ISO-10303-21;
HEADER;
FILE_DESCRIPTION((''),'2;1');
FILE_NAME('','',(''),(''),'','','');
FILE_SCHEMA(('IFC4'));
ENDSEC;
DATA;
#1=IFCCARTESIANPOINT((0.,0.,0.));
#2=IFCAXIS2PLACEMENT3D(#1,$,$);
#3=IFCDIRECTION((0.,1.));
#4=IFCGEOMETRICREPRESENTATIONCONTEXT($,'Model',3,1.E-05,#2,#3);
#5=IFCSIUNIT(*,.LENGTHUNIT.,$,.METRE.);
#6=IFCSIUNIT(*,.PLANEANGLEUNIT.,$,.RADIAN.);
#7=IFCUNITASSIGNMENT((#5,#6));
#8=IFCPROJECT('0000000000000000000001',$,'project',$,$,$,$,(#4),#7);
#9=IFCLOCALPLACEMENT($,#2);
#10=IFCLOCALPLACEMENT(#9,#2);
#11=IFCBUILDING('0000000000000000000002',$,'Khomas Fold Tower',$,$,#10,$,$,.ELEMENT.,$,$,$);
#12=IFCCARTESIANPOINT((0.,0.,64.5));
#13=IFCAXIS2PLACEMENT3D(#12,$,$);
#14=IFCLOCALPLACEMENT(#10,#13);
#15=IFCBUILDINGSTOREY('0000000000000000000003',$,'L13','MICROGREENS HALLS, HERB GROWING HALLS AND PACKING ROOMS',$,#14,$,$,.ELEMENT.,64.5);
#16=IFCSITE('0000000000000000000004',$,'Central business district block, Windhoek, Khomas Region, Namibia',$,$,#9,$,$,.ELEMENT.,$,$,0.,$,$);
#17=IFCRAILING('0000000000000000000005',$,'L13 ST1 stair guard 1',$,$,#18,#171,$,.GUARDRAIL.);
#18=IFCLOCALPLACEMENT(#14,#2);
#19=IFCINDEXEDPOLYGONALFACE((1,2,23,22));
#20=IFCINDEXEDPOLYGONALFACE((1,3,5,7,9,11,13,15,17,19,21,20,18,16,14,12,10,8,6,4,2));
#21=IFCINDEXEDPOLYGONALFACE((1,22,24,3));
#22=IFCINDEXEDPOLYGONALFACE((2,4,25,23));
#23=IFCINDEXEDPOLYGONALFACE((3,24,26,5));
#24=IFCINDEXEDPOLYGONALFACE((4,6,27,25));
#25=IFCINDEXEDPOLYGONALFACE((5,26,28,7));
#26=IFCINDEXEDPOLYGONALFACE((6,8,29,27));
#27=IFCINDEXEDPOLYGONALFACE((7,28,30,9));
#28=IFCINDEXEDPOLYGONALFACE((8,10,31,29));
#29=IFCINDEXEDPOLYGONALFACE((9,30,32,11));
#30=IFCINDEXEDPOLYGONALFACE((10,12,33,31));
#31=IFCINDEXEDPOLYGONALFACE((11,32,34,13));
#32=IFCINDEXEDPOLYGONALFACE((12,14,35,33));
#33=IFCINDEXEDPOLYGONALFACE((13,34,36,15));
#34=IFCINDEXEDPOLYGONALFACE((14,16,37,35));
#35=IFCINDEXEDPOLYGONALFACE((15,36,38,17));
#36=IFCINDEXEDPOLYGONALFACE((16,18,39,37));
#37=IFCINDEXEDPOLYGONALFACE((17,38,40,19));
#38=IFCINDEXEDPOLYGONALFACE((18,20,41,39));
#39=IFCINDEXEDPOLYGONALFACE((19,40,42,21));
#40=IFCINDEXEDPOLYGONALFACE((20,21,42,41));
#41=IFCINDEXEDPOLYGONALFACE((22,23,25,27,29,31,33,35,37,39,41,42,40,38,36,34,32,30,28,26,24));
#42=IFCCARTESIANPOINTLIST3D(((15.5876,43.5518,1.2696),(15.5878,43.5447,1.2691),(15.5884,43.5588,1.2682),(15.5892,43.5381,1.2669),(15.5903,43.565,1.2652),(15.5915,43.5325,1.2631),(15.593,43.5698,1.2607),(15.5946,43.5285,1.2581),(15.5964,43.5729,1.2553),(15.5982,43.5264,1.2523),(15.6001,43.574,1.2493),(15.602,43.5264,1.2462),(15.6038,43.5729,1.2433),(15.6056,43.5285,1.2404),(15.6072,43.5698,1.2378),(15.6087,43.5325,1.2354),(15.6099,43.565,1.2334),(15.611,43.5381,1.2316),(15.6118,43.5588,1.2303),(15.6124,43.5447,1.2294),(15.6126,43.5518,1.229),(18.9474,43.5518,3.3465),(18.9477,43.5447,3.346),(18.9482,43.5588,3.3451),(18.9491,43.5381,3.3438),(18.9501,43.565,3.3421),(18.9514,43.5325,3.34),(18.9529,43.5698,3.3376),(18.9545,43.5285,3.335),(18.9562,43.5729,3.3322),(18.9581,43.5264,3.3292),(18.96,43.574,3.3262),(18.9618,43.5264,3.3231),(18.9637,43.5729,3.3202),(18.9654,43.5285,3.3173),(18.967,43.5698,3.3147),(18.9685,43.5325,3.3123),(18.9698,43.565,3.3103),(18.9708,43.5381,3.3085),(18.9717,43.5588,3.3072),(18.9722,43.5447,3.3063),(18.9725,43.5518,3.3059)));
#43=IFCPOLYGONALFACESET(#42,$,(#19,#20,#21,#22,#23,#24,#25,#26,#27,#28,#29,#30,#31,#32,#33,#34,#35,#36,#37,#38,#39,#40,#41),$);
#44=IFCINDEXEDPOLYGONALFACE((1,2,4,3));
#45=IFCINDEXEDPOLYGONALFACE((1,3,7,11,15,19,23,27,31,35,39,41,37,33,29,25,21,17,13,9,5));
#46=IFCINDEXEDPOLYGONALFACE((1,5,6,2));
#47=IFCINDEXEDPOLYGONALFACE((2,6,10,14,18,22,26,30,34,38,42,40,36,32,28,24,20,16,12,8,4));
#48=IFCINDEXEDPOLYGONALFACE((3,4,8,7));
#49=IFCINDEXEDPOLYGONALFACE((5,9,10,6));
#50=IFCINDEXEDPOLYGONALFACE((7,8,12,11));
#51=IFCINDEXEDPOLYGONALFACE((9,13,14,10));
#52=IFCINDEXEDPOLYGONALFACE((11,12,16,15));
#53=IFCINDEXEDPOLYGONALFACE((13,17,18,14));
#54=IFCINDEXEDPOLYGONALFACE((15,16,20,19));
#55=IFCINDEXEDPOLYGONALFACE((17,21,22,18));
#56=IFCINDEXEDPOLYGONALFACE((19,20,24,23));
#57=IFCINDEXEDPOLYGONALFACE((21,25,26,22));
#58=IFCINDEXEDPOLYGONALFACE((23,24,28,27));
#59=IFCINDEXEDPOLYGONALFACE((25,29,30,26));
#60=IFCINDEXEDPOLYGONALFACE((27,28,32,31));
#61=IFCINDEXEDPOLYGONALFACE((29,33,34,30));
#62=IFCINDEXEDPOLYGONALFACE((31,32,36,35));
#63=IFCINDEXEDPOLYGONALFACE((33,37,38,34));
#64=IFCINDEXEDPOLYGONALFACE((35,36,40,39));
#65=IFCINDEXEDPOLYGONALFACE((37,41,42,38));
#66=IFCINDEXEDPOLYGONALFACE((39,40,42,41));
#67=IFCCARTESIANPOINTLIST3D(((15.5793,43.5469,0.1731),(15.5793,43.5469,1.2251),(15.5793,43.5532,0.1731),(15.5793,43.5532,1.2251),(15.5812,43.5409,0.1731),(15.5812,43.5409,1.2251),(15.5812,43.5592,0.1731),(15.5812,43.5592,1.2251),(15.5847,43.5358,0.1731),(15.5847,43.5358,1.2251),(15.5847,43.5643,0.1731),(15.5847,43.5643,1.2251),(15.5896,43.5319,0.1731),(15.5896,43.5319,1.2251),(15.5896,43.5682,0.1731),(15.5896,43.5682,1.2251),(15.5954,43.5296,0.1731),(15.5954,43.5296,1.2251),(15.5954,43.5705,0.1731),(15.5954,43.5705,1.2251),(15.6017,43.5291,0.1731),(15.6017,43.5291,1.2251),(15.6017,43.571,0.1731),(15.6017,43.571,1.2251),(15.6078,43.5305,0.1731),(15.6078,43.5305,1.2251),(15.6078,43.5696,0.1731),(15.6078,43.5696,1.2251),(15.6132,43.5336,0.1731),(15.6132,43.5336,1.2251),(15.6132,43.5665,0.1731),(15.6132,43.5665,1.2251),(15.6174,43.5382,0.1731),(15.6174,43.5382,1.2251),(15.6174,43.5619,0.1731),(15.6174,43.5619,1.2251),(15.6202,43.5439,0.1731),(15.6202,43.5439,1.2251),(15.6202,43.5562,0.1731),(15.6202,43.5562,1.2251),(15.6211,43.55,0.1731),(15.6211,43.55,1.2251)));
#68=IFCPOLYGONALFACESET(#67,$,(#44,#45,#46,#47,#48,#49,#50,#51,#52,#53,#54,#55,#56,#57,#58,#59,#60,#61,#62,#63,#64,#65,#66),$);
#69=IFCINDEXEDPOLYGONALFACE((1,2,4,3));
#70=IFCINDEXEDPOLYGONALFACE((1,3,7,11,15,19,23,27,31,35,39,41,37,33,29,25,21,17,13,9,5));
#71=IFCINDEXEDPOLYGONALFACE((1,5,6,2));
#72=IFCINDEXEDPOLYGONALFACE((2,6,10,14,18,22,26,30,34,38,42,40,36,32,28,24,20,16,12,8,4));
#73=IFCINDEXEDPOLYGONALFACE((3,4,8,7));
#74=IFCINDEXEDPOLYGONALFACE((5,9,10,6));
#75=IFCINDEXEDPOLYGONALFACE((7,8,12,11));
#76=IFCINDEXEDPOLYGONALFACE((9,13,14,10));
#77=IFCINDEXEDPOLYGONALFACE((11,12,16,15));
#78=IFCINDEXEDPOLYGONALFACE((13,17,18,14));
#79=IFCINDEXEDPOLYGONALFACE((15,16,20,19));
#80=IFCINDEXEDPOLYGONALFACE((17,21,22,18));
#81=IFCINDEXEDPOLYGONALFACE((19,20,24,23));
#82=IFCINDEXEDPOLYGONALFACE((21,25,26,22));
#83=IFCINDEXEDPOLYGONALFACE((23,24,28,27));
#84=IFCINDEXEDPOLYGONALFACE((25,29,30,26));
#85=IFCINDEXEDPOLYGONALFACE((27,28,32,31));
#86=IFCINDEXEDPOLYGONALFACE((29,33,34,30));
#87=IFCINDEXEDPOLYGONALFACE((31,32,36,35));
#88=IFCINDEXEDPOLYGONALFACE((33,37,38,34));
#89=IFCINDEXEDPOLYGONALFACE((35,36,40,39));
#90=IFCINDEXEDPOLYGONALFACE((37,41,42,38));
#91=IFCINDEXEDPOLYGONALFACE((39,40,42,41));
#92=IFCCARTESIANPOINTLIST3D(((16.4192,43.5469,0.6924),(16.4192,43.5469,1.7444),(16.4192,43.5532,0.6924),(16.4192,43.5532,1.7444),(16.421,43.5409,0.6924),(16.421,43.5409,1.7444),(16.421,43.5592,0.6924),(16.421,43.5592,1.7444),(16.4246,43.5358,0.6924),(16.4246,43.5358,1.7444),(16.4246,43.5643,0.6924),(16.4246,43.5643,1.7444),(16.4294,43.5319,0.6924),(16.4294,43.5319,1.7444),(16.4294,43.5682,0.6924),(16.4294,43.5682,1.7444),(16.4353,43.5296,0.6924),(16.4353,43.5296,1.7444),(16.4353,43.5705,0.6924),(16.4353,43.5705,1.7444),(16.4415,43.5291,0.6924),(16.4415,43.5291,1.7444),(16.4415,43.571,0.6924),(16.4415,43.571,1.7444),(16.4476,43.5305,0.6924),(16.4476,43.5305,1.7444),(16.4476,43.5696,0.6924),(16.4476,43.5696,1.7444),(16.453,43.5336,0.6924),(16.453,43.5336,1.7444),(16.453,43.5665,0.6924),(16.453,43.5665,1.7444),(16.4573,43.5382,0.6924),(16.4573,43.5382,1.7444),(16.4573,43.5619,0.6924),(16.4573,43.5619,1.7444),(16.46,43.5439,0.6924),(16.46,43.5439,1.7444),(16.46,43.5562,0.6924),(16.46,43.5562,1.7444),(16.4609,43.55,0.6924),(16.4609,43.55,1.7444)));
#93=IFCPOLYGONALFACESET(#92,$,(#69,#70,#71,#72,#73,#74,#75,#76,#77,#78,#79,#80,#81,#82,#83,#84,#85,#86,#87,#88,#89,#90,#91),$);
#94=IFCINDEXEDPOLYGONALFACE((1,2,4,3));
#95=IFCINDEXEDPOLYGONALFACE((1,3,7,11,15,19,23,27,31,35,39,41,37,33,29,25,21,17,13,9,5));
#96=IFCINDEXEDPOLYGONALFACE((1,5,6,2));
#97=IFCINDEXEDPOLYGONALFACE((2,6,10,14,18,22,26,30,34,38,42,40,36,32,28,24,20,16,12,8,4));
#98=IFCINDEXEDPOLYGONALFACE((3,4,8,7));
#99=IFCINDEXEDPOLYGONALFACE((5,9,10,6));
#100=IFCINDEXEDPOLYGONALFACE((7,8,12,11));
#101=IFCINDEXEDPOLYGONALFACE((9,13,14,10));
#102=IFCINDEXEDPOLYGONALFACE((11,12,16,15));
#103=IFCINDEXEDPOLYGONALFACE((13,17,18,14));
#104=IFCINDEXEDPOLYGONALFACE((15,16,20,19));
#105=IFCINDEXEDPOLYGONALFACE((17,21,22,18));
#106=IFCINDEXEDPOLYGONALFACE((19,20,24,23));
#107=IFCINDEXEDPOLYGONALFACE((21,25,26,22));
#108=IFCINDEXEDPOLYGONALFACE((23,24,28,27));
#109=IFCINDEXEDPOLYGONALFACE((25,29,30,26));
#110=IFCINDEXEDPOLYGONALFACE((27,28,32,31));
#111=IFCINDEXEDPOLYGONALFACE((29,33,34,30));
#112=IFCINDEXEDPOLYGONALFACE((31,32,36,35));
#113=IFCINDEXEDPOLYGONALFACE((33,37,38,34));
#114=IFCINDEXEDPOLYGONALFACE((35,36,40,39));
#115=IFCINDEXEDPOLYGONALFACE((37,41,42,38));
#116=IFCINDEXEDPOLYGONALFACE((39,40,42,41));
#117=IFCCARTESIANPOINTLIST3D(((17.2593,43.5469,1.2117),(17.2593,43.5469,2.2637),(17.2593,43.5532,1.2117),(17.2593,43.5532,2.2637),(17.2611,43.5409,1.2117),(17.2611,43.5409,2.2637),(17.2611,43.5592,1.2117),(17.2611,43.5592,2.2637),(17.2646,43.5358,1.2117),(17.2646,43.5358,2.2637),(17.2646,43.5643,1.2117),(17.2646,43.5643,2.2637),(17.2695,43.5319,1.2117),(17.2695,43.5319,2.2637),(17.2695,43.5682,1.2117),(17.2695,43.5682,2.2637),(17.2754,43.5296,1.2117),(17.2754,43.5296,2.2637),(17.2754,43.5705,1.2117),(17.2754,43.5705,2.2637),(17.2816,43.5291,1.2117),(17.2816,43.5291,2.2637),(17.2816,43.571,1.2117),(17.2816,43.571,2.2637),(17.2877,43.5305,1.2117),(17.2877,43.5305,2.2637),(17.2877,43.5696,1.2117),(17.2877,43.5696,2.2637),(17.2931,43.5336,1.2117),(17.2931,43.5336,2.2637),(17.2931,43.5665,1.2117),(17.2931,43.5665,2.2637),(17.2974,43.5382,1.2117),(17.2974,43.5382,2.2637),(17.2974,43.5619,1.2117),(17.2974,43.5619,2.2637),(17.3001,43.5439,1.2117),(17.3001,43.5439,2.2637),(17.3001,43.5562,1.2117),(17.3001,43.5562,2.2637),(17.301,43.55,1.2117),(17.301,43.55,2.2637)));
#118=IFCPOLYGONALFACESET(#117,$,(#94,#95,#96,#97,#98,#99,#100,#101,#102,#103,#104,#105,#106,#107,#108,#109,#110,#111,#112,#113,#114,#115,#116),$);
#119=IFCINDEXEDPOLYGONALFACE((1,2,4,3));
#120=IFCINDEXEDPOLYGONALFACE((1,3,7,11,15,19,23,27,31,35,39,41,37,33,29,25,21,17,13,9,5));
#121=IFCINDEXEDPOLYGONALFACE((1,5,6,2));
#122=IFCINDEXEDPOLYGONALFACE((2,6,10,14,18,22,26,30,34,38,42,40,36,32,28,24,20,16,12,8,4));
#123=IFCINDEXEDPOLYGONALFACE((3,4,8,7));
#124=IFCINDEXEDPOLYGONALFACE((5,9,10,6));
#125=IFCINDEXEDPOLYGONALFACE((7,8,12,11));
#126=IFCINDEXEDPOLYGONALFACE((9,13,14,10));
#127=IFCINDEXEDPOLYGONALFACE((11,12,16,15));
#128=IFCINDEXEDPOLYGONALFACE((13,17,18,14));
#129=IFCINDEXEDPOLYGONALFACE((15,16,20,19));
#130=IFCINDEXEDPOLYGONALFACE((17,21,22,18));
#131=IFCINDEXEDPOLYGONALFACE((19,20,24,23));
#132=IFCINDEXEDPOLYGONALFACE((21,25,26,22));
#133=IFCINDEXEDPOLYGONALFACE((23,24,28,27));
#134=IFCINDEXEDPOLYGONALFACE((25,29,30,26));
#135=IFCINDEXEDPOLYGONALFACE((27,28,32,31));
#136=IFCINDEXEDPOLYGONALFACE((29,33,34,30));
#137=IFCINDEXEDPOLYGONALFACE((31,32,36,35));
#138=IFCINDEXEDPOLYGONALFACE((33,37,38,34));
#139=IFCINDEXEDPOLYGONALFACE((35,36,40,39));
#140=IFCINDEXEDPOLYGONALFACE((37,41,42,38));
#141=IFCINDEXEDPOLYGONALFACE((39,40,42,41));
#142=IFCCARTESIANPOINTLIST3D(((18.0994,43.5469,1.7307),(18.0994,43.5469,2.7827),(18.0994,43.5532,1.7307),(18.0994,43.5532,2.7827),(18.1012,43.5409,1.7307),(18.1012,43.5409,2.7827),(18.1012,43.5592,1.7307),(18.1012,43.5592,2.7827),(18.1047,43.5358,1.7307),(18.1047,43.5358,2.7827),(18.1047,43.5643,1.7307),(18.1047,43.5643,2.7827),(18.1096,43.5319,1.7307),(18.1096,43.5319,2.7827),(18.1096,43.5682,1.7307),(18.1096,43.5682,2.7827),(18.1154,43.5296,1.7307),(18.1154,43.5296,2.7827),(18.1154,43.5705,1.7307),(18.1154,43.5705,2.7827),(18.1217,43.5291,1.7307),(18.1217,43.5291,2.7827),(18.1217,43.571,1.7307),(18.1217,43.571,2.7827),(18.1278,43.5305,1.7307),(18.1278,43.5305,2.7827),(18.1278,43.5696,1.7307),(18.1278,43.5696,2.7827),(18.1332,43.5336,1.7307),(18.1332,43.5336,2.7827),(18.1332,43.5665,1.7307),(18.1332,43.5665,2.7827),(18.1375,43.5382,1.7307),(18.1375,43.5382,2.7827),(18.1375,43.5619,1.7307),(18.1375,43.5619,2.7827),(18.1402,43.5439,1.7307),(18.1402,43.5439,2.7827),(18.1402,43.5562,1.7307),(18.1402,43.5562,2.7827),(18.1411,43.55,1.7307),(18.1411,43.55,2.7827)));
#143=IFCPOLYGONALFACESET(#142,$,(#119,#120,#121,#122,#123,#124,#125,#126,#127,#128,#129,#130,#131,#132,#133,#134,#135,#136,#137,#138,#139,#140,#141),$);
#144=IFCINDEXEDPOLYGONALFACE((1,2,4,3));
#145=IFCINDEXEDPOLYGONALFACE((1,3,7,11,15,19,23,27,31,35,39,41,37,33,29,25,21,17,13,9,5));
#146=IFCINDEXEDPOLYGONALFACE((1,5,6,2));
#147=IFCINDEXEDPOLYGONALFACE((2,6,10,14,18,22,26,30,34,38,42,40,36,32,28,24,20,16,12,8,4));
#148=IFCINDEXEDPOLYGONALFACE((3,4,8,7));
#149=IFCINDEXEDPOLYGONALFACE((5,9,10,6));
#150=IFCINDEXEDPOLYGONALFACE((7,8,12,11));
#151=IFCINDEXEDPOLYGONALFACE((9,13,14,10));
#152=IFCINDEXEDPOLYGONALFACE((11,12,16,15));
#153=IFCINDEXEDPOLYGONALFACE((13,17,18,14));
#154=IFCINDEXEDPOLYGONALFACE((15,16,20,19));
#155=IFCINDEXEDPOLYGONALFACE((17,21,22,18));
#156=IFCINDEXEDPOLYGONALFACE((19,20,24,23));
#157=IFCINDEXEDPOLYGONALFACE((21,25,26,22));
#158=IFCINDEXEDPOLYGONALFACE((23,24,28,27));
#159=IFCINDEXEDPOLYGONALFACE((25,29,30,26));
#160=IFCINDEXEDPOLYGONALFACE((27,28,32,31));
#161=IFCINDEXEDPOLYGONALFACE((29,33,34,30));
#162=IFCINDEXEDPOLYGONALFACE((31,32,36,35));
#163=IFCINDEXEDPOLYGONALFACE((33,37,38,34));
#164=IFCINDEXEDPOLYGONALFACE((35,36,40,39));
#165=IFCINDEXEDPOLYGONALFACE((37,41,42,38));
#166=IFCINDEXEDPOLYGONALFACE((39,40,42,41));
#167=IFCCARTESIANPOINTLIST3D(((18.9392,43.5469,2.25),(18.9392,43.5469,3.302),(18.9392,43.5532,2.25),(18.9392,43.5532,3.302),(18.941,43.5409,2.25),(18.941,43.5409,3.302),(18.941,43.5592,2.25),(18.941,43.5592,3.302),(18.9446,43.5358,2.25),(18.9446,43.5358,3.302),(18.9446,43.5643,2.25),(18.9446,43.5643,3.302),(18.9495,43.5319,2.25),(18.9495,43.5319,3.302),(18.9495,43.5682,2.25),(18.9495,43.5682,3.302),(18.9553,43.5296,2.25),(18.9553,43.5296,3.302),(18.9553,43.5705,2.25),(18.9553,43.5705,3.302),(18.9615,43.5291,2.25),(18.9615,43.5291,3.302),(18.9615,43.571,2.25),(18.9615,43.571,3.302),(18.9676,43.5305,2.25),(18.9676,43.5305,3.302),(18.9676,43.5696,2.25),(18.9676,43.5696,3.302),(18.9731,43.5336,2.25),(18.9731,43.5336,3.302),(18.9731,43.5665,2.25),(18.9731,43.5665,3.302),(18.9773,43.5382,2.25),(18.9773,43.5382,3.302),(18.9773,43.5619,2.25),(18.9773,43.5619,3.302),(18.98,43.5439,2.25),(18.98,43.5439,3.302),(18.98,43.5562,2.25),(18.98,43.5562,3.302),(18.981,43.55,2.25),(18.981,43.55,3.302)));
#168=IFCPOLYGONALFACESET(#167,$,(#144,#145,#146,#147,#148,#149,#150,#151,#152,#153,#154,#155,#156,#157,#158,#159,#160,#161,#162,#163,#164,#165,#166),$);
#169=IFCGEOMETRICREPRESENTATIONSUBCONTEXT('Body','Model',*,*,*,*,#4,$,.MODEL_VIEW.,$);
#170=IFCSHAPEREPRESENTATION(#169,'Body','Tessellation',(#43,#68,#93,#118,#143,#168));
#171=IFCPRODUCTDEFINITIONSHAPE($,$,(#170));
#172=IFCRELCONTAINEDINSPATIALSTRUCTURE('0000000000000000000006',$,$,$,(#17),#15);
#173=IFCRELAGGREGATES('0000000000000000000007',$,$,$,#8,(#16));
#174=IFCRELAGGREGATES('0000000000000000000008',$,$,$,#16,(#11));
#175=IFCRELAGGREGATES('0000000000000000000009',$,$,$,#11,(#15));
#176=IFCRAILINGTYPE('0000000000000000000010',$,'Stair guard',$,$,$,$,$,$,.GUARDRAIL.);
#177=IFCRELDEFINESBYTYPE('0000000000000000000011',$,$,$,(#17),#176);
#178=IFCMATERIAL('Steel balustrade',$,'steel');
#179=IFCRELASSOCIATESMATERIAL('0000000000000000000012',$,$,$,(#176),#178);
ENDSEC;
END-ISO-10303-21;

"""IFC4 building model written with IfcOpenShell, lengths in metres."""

from ifc_helpers import new_model, si_unit, direction, frame, origin, origin_2d, place, context, subcontext, project, spatial, circle, extrude, source, transform, mapped, material, type_object, element, save


model = new_model("IFC4")

# Units and contexts
model_context = context("Model", 3, precision=1e-05, world=origin(), true_north=direction((0.0, 1.0)))
body_context = subcontext(model_context, "Body", "Model", "MODEL_VIEW")
ifc_project = project(units=[si_unit("LENGTHUNIT", "METRE"), si_unit("PLANEANGLEUNIT", "RADIAN")], contexts=[model_context])

# Site, building, storey
site_placement = place(None, origin())
site = spatial("IfcSite", under=ifc_project, at=site_placement, Name="Central business district block, Windhoek, Khomas Region, Namibia", CompositionType="ELEMENT", RefElevation=0.0)
building_placement = place(site_placement, origin())
building = spatial("IfcBuilding", under=site, at=building_placement, Name="Khomas Fold Tower", CompositionType="ELEMENT")
storey_placement = place(building_placement, frame((0.0, 0.0, 64.5)))
storey = spatial("IfcBuildingStorey", under=building, at=storey_placement, Name="L13", Description="MICROGREENS HALLS, HERB GROWING HALLS AND PACKING ROOMS", CompositionType="ELEMENT", Elevation=64.5)

# Railing
ifc_material_1 = material(Name="Steel balustrade", Category="steel")
railing_type_1 = type_object("IfcRailingType", Name="Stair guard", PredefinedType="GUARDRAIL", material=ifc_material_1)
shared_shape_1 = source(origin(), body_context, "Body", "SweptSolid", [
    extrude(circle(Radius=0.0239, at=origin_2d()), frame((0.0, 0.0, 1.0762), z_axis=(0.850606, 0.0, 0.525803), x_axis=(0.0, 1.0, 0.0)), (0.0, 0.0, 1.0), 3.95),
    extrude(circle(Radius=0.021, at=origin_2d()), origin(), (0.0, 0.0, 1.0), 1.052),
    extrude(circle(Radius=0.021, at=origin_2d()), frame((0.8398, 0.0, 0.5193)), (0.0, 0.0, 1.0), 1.052),
    extrude(circle(Radius=0.021, at=origin_2d()), frame((1.6799, 0.0, 1.0386)), (0.0, 0.0, 1.0), 1.052),
    extrude(circle(Radius=0.021, at=origin_2d()), frame((2.52, 0.0, 1.5576)), (0.0, 0.0, 1.0), 1.052),
    extrude(circle(Radius=0.021, at=origin_2d()), frame((3.3599, 0.0, 2.0769)), (0.0, 0.0, 1.0), 1.052),
])
railing_1_placement = place(storey_placement, frame((15.6001, 43.55, 0.1731)))
element("IfcRailing", 1, at=railing_1_placement, inside=storey, type_object=railing_type_1, Name="L13 ST1 stair guard 1", PredefinedType="GUARDRAIL", context=body_context, shape_type="MappedRepresentation", body=[
    mapped(shared_shape_1, transform((0.0, 0.0, 0.0))),
])

save(model, "model.ifc")
